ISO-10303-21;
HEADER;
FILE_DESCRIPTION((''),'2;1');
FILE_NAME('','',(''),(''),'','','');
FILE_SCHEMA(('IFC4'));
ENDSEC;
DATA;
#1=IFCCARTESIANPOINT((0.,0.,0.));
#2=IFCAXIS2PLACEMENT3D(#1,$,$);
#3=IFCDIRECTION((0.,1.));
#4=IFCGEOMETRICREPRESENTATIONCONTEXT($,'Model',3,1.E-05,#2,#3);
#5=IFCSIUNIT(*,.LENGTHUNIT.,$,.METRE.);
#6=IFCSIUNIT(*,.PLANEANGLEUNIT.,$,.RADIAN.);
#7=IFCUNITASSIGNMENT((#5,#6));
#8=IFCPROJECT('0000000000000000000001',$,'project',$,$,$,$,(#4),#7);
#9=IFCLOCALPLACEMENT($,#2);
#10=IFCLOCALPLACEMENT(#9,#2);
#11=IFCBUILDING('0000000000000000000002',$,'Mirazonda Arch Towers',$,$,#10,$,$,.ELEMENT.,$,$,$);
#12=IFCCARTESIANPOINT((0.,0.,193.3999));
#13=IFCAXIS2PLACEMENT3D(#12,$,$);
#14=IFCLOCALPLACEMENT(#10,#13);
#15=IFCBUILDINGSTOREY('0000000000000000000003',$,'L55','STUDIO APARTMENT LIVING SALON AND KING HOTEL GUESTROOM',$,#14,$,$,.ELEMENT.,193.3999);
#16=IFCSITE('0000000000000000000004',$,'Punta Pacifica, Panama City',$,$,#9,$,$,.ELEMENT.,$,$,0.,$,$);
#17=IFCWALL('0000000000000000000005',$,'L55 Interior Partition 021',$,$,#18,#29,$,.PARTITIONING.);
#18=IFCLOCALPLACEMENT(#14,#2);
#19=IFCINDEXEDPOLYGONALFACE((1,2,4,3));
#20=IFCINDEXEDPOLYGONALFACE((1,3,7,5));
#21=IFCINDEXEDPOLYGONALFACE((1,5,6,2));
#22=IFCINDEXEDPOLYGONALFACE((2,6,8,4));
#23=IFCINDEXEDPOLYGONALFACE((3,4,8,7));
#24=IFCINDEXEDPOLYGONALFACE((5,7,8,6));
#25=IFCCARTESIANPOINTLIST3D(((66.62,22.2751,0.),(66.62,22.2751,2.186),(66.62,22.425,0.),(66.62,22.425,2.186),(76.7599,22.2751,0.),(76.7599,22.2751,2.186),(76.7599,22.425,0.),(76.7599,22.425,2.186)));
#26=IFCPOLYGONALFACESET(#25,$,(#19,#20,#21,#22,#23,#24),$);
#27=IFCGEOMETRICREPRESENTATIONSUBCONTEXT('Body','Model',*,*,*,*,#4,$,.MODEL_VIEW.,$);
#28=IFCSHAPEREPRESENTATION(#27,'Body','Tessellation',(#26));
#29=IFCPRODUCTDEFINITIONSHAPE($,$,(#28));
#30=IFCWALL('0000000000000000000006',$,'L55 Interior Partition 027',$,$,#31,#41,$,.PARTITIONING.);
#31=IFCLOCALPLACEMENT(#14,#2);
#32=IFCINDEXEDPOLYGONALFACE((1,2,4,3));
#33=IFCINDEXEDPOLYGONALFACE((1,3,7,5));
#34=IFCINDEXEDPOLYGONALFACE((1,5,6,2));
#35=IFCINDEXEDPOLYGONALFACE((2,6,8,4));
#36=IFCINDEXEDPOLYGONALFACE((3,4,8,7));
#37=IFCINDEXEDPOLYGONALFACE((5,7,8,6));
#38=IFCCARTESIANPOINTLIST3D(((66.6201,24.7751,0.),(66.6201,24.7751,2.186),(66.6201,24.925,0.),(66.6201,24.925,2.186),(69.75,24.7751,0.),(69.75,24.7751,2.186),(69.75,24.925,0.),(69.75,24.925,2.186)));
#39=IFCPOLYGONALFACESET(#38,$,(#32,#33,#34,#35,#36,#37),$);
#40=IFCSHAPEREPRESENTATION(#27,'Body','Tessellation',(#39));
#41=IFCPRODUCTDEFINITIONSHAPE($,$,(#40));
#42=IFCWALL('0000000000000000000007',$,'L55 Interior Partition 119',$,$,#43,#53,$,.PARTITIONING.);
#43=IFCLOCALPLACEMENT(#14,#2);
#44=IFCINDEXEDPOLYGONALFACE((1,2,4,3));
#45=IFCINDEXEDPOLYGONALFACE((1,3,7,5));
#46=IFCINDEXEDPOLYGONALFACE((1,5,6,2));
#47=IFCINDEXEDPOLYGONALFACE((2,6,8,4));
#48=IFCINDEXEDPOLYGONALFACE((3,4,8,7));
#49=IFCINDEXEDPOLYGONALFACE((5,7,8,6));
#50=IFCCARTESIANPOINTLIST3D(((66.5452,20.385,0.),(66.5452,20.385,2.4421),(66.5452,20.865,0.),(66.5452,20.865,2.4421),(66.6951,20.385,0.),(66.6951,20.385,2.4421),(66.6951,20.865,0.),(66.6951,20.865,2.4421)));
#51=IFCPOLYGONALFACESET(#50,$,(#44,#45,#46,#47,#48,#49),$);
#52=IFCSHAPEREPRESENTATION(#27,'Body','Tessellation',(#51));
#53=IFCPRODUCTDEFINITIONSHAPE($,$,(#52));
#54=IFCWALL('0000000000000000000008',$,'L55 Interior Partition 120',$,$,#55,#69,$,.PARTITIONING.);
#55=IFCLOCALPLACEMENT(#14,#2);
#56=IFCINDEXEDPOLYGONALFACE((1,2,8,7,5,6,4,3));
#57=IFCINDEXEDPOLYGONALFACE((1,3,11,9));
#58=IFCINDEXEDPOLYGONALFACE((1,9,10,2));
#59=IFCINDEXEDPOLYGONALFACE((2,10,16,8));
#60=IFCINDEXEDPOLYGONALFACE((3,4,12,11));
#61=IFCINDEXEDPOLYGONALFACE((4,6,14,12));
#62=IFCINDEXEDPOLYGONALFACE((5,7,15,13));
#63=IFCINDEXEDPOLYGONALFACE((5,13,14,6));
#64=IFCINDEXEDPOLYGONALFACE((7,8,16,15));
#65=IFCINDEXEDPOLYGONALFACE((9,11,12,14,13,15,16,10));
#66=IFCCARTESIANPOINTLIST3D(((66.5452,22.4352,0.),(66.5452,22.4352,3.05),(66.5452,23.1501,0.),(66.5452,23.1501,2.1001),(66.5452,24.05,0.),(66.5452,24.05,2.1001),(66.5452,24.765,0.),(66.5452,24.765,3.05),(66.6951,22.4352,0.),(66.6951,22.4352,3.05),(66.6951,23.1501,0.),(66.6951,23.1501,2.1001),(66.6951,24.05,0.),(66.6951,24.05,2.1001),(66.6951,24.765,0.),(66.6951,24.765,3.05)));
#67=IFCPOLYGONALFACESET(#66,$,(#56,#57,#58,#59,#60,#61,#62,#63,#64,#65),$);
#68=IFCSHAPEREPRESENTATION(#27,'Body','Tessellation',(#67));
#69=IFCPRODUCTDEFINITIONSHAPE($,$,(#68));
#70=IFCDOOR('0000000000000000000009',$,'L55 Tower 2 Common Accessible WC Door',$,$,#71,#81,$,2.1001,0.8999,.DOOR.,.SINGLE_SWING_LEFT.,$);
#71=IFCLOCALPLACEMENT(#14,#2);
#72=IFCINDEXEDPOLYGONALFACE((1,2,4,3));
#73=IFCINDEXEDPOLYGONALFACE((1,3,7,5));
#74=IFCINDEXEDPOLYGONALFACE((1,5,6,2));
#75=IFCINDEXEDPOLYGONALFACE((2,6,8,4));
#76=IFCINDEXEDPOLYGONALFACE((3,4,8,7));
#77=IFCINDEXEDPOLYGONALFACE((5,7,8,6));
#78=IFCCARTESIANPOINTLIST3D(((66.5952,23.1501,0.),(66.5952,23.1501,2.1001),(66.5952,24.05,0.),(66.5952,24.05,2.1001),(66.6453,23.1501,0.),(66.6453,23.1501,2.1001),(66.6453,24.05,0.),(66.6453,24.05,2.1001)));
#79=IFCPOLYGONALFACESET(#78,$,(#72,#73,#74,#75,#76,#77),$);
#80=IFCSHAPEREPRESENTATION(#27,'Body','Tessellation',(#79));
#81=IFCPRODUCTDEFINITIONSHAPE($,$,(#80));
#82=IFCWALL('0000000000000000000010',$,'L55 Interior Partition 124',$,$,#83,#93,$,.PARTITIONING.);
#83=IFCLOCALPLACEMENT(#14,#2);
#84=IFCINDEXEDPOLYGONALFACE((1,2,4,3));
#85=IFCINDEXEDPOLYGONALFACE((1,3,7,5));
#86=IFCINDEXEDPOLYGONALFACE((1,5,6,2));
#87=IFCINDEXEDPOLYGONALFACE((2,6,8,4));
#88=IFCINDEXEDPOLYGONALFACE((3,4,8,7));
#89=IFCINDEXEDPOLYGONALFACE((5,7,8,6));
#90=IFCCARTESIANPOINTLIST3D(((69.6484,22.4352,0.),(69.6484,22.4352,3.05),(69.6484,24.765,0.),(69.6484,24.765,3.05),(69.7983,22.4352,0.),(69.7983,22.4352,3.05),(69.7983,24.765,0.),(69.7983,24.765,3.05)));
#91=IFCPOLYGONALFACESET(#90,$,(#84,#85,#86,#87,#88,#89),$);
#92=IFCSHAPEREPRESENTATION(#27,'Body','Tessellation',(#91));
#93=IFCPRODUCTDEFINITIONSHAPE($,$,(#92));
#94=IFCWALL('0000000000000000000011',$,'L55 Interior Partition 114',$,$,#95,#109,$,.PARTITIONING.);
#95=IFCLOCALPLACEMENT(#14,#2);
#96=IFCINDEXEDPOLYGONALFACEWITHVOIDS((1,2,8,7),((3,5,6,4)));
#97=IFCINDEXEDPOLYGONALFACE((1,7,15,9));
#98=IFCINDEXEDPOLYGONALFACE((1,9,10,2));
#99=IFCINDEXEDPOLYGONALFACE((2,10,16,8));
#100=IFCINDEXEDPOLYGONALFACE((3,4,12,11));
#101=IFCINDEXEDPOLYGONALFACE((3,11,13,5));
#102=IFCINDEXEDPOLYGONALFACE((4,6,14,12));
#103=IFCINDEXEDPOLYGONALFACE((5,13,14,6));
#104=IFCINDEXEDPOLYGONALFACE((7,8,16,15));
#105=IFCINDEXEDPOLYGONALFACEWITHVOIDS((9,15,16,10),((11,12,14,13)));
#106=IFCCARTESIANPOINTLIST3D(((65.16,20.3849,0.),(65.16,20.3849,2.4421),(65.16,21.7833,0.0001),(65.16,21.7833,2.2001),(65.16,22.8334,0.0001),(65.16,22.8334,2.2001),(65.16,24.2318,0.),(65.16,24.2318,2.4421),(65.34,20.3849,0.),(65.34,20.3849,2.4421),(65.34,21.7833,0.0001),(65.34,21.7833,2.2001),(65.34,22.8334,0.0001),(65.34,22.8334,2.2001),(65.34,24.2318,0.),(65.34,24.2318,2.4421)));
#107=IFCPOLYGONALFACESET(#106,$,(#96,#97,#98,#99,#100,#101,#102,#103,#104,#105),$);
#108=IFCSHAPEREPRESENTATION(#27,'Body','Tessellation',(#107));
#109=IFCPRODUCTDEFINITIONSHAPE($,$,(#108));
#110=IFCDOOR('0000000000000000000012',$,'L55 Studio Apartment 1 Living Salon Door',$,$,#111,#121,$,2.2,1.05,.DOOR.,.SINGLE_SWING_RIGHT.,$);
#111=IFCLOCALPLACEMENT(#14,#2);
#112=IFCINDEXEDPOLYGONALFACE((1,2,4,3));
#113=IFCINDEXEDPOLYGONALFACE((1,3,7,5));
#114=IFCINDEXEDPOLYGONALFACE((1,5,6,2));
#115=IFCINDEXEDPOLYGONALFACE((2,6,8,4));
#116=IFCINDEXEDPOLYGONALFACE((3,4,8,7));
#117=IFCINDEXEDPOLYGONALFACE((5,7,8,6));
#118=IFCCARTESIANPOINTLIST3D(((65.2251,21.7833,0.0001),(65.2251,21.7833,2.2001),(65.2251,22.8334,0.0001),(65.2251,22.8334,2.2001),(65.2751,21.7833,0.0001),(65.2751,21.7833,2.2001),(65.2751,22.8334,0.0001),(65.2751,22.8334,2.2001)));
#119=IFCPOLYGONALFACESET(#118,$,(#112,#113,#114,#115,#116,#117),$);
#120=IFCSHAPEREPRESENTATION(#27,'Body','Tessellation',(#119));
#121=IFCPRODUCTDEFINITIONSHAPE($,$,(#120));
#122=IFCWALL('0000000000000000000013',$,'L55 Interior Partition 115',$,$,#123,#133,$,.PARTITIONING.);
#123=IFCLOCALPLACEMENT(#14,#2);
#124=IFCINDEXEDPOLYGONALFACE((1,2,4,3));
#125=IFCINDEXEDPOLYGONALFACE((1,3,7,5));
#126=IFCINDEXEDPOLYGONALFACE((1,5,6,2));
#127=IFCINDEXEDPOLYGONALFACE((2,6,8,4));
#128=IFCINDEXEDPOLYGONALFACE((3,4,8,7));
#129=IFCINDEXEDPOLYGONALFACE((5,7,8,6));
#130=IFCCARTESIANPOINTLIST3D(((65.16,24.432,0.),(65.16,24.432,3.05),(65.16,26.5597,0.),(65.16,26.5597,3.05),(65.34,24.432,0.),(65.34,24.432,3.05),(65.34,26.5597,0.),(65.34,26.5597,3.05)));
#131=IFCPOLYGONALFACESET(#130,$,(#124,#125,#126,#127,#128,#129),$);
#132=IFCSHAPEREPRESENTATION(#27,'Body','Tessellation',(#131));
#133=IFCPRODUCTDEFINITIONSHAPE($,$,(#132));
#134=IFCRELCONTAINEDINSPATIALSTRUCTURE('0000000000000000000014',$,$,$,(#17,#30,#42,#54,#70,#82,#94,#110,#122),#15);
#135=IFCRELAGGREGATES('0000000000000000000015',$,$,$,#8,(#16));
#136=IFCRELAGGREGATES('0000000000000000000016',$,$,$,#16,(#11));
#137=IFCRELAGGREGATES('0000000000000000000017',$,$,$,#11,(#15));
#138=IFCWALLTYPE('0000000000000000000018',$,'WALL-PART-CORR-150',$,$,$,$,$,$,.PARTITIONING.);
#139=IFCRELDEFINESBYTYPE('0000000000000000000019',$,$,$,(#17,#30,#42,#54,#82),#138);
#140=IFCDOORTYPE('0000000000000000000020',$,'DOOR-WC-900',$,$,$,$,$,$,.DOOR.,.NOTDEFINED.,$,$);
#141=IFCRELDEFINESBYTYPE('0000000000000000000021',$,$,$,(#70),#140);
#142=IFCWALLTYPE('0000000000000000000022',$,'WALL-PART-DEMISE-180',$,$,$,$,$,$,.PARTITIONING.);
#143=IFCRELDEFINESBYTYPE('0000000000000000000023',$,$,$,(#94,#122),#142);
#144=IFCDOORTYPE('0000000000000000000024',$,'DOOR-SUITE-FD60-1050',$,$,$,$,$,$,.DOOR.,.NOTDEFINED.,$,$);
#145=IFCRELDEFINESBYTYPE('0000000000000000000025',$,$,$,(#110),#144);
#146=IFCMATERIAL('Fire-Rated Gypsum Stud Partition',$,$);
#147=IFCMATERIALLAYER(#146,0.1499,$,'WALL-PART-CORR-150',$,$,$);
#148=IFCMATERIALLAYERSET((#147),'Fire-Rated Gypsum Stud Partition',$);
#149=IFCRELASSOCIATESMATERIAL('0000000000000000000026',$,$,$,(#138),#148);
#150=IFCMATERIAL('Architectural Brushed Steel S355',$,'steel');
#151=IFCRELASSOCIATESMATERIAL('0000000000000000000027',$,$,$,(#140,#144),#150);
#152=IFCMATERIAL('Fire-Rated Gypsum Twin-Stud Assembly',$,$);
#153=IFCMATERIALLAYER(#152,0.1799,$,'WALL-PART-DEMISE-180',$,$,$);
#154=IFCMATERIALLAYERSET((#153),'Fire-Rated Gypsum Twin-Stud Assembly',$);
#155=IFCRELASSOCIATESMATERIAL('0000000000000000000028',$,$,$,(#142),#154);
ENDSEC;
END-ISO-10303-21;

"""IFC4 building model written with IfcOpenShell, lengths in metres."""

from ifc_helpers import new_model, si_unit, direction, frame, frame_2d, origin, place, context, subcontext, project, spatial, rectangle, extrude, material, layer, layer_set, type_object, element, fill, save


model = new_model("IFC4")

# Units and contexts
model_context = context("Model", 3, precision=1e-05, world=origin(), true_north=direction((0.0, 1.0)))
body_context = subcontext(model_context, "Body", "Model", "MODEL_VIEW")
ifc_project = project(units=[si_unit("LENGTHUNIT", "METRE"), si_unit("PLANEANGLEUNIT", "RADIAN")], contexts=[model_context])

# Site, building, storey
site_placement = place(None, origin())
site = spatial("IfcSite", under=ifc_project, at=site_placement, Name="Punta Pacifica, Panama City", CompositionType="ELEMENT", RefElevation=0.0)
building_placement = place(site_placement, origin())
building = spatial("IfcBuilding", under=site, at=building_placement, Name="Mirazonda Arch Towers", CompositionType="ELEMENT")
storey_placement = place(building_placement, frame((0.0, 0.0, 193.3999)))
storey = spatial("IfcBuildingStorey", under=building, at=storey_placement, Name="L55", Description="STUDIO APARTMENT LIVING SALON AND KING HOTEL GUESTROOM", CompositionType="ELEMENT", Elevation=193.3999)

# Shared definitions
ifc_material_1 = material(Name="Architectural Brushed Steel S355", Category="steel")

# Walls
ifc_material_2 = material(Name="Fire-Rated Gypsum Stud Partition")
ifc_layer_1 = layer(ifc_material_2, 0.1499, Name="WALL-PART-CORR-150")
ifc_layer_set_1 = layer_set([ifc_layer_1], Name="Fire-Rated Gypsum Stud Partition")
wall_type_1 = type_object("IfcWallType", Name="WALL-PART-CORR-150", PredefinedType="PARTITIONING", material=ifc_layer_set_1)
wall_1_placement = place(storey_placement, frame((66.6201, 22.3501, 0.0), z_axis=(0.0, 0.0, 1.0), x_axis=(1.0, 0.0, 0.0)))
element("IfcWall", 1, at=wall_1_placement, inside=storey, type_object=wall_type_1, Name="L55 Interior Partition 021", PredefinedType="PARTITIONING", context=body_context, shape_type="SweptSolid", body=[
    extrude(rectangle(XDim=10.1399, YDim=0.1499, at=frame_2d((5.0698, 0.0))), origin(), (0.0, 0.0, 1.0), 2.186),
])
wall_2_placement = place(storey_placement, frame((66.6201, 24.8501, 0.0), z_axis=(0.0, 0.0, 1.0), x_axis=(1.0, 0.0, 0.0)))
element("IfcWall", 2, at=wall_2_placement, inside=storey, type_object=wall_type_1, Name="L55 Interior Partition 027", PredefinedType="PARTITIONING", context=body_context, shape_type="SweptSolid", body=[
    extrude(rectangle(XDim=3.1299, YDim=0.1499, at=frame_2d((1.5649, 0.0))), origin(), (0.0, 0.0, 1.0), 2.186),
])
wall_3_placement = place(storey_placement, frame((66.6201, 20.385, 0.0), z_axis=(0.0, 0.0, 1.0), x_axis=(0.0, 1.0, 0.0)))
element("IfcWall", 3, at=wall_3_placement, inside=storey, type_object=wall_type_1, Name="L55 Interior Partition 119", PredefinedType="PARTITIONING", context=body_context, shape_type="SweptSolid", body=[
    extrude(rectangle(XDim=0.48, YDim=0.1499, at=frame_2d((0.24, 0.0))), origin(), (0.0, 0.0, 1.0), 2.4421),
])

# Wall, opening, door
wall_4_placement = place(storey_placement, frame((66.6201, 22.4351, 0.0), z_axis=(0.0, 0.0, 1.0), x_axis=(0.0, 1.0, 0.0)))
wall_4 = element("IfcWall", 4, at=wall_4_placement, inside=storey, type_object=wall_type_1, Name="L55 Interior Partition 120", PredefinedType="PARTITIONING", context=body_context, shape_type="SweptSolid", body=[
    extrude(rectangle(XDim=2.3298, YDim=0.1499, at=frame_2d((1.165, 0.0))), origin(), (0.0, 0.0, 1.0), 3.05),
])
opening_1_placement = place(wall_4_placement, frame((0.7151, 0.0, 0.0)))
opening_1 = element("IfcOpeningElement", 5, at=opening_1_placement, cuts=wall_4, PredefinedType="OPENING", context=body_context, shape_type="SweptSolid", body=[
    extrude(rectangle(XDim=0.8999, YDim=2.1001, at=frame_2d((0.45, 1.05))), frame((0.0, 0.085, 0.0), z_axis=(0.0, -1.0, 0.0), x_axis=(1.0, 0.0, 0.0)), (0.0, 0.0, 1.0), 0.1699),
])
door_type_1 = type_object("IfcDoorType", Name="DOOR-WC-900", OperationType="NOTDEFINED", PredefinedType="DOOR", material=ifc_material_1)
door_1_placement = place(opening_1_placement, origin())
door_1 = element("IfcDoor", 6, at=door_1_placement, inside=storey, type_object=door_type_1, Name="L55 Tower 2 Common Accessible WC Door", OperationType="SINGLE_SWING_LEFT", OverallHeight=2.1001, OverallWidth=0.8999, PredefinedType="DOOR", context=body_context, shape_type="SweptSolid", body=[
    extrude(rectangle(XDim=0.8999, YDim=2.1001, at=frame_2d((0.45, 1.05))), frame((0.0, 0.0249, 0.0), z_axis=(0.0, -1.0, 0.0), x_axis=(1.0, 0.0, 0.0)), (0.0, 0.0, 1.0), 0.05),
])
fill(opening_1, door_1)

# Wall
wall_5_placement = place(storey_placement, frame((69.7234, 22.4351, 0.0), z_axis=(0.0, 0.0, 1.0), x_axis=(0.0, 1.0, 0.0)))
element("IfcWall", 7, at=wall_5_placement, inside=storey, type_object=wall_type_1, Name="L55 Interior Partition 124", PredefinedType="PARTITIONING", context=body_context, shape_type="SweptSolid", body=[
    extrude(rectangle(XDim=2.3298, YDim=0.1499, at=frame_2d((1.165, 0.0))), origin(), (0.0, 0.0, 1.0), 3.05),
])

# Wall, opening, door
ifc_material_3 = material(Name="Fire-Rated Gypsum Twin-Stud Assembly")
ifc_layer_2 = layer(ifc_material_3, 0.1799, Name="WALL-PART-DEMISE-180")
ifc_layer_set_2 = layer_set([ifc_layer_2], Name="Fire-Rated Gypsum Twin-Stud Assembly")
wall_type_2 = type_object("IfcWallType", Name="WALL-PART-DEMISE-180", PredefinedType="PARTITIONING", material=ifc_layer_set_2)
wall_6_placement = place(storey_placement, frame((65.25, 20.385, 0.0), z_axis=(0.0, 0.0, 1.0), x_axis=(0.0, 1.0, 0.0)))
wall_6 = element("IfcWall", 8, at=wall_6_placement, inside=storey, type_object=wall_type_2, Name="L55 Interior Partition 114", PredefinedType="PARTITIONING", context=body_context, shape_type="SweptSolid", body=[
    extrude(rectangle(XDim=3.8469, YDim=0.1799, at=frame_2d((1.9233, 0.0))), origin(), (0.0, 0.0, 1.0), 2.4421),
])
opening_2_placement = place(wall_6_placement, frame((1.3984, 0.0, 0.0)))
opening_2 = element("IfcOpeningElement", 9, at=opening_2_placement, cuts=wall_6, PredefinedType="OPENING", context=body_context, shape_type="SweptSolid", body=[
    extrude(rectangle(XDim=1.05, YDim=2.2, at=frame_2d((0.5249, 1.1001))), frame((0.0, 0.0999, 0.0), z_axis=(0.0, -1.0, 0.0), x_axis=(1.0, 0.0, 0.0)), (0.0, 0.0, 1.0), 0.2),
])
door_type_2 = type_object("IfcDoorType", Name="DOOR-SUITE-FD60-1050", OperationType="NOTDEFINED", PredefinedType="DOOR", material=ifc_material_1)
door_2_placement = place(opening_2_placement, origin())
door_2 = element("IfcDoor", 10, at=door_2_placement, inside=storey, type_object=door_type_2, Name="L55 Studio Apartment 1 Living Salon Door", OperationType="SINGLE_SWING_RIGHT", OverallHeight=2.2, OverallWidth=1.05, PredefinedType="DOOR", context=body_context, shape_type="SweptSolid", body=[
    extrude(rectangle(XDim=1.05, YDim=2.2, at=frame_2d((0.5249, 1.1001))), frame((0.0, 0.0249, 0.0), z_axis=(0.0, -1.0, 0.0), x_axis=(1.0, 0.0, 0.0)), (0.0, 0.0, 1.0), 0.05),
])
fill(opening_2, door_2)

# Wall
wall_7_placement = place(storey_placement, frame((65.25, 24.4319, 0.0), z_axis=(0.0, 0.0, 1.0), x_axis=(0.0, 1.0, 0.0)))
element("IfcWall", 11, at=wall_7_placement, inside=storey, type_object=wall_type_2, Name="L55 Interior Partition 115", PredefinedType="PARTITIONING", context=body_context, shape_type="SweptSolid", body=[
    extrude(rectangle(XDim=2.1277, YDim=0.1799, at=frame_2d((1.064, 0.0))), origin(), (0.0, 0.0, 1.0), 3.05),
])

save(model, "model.ifc")
